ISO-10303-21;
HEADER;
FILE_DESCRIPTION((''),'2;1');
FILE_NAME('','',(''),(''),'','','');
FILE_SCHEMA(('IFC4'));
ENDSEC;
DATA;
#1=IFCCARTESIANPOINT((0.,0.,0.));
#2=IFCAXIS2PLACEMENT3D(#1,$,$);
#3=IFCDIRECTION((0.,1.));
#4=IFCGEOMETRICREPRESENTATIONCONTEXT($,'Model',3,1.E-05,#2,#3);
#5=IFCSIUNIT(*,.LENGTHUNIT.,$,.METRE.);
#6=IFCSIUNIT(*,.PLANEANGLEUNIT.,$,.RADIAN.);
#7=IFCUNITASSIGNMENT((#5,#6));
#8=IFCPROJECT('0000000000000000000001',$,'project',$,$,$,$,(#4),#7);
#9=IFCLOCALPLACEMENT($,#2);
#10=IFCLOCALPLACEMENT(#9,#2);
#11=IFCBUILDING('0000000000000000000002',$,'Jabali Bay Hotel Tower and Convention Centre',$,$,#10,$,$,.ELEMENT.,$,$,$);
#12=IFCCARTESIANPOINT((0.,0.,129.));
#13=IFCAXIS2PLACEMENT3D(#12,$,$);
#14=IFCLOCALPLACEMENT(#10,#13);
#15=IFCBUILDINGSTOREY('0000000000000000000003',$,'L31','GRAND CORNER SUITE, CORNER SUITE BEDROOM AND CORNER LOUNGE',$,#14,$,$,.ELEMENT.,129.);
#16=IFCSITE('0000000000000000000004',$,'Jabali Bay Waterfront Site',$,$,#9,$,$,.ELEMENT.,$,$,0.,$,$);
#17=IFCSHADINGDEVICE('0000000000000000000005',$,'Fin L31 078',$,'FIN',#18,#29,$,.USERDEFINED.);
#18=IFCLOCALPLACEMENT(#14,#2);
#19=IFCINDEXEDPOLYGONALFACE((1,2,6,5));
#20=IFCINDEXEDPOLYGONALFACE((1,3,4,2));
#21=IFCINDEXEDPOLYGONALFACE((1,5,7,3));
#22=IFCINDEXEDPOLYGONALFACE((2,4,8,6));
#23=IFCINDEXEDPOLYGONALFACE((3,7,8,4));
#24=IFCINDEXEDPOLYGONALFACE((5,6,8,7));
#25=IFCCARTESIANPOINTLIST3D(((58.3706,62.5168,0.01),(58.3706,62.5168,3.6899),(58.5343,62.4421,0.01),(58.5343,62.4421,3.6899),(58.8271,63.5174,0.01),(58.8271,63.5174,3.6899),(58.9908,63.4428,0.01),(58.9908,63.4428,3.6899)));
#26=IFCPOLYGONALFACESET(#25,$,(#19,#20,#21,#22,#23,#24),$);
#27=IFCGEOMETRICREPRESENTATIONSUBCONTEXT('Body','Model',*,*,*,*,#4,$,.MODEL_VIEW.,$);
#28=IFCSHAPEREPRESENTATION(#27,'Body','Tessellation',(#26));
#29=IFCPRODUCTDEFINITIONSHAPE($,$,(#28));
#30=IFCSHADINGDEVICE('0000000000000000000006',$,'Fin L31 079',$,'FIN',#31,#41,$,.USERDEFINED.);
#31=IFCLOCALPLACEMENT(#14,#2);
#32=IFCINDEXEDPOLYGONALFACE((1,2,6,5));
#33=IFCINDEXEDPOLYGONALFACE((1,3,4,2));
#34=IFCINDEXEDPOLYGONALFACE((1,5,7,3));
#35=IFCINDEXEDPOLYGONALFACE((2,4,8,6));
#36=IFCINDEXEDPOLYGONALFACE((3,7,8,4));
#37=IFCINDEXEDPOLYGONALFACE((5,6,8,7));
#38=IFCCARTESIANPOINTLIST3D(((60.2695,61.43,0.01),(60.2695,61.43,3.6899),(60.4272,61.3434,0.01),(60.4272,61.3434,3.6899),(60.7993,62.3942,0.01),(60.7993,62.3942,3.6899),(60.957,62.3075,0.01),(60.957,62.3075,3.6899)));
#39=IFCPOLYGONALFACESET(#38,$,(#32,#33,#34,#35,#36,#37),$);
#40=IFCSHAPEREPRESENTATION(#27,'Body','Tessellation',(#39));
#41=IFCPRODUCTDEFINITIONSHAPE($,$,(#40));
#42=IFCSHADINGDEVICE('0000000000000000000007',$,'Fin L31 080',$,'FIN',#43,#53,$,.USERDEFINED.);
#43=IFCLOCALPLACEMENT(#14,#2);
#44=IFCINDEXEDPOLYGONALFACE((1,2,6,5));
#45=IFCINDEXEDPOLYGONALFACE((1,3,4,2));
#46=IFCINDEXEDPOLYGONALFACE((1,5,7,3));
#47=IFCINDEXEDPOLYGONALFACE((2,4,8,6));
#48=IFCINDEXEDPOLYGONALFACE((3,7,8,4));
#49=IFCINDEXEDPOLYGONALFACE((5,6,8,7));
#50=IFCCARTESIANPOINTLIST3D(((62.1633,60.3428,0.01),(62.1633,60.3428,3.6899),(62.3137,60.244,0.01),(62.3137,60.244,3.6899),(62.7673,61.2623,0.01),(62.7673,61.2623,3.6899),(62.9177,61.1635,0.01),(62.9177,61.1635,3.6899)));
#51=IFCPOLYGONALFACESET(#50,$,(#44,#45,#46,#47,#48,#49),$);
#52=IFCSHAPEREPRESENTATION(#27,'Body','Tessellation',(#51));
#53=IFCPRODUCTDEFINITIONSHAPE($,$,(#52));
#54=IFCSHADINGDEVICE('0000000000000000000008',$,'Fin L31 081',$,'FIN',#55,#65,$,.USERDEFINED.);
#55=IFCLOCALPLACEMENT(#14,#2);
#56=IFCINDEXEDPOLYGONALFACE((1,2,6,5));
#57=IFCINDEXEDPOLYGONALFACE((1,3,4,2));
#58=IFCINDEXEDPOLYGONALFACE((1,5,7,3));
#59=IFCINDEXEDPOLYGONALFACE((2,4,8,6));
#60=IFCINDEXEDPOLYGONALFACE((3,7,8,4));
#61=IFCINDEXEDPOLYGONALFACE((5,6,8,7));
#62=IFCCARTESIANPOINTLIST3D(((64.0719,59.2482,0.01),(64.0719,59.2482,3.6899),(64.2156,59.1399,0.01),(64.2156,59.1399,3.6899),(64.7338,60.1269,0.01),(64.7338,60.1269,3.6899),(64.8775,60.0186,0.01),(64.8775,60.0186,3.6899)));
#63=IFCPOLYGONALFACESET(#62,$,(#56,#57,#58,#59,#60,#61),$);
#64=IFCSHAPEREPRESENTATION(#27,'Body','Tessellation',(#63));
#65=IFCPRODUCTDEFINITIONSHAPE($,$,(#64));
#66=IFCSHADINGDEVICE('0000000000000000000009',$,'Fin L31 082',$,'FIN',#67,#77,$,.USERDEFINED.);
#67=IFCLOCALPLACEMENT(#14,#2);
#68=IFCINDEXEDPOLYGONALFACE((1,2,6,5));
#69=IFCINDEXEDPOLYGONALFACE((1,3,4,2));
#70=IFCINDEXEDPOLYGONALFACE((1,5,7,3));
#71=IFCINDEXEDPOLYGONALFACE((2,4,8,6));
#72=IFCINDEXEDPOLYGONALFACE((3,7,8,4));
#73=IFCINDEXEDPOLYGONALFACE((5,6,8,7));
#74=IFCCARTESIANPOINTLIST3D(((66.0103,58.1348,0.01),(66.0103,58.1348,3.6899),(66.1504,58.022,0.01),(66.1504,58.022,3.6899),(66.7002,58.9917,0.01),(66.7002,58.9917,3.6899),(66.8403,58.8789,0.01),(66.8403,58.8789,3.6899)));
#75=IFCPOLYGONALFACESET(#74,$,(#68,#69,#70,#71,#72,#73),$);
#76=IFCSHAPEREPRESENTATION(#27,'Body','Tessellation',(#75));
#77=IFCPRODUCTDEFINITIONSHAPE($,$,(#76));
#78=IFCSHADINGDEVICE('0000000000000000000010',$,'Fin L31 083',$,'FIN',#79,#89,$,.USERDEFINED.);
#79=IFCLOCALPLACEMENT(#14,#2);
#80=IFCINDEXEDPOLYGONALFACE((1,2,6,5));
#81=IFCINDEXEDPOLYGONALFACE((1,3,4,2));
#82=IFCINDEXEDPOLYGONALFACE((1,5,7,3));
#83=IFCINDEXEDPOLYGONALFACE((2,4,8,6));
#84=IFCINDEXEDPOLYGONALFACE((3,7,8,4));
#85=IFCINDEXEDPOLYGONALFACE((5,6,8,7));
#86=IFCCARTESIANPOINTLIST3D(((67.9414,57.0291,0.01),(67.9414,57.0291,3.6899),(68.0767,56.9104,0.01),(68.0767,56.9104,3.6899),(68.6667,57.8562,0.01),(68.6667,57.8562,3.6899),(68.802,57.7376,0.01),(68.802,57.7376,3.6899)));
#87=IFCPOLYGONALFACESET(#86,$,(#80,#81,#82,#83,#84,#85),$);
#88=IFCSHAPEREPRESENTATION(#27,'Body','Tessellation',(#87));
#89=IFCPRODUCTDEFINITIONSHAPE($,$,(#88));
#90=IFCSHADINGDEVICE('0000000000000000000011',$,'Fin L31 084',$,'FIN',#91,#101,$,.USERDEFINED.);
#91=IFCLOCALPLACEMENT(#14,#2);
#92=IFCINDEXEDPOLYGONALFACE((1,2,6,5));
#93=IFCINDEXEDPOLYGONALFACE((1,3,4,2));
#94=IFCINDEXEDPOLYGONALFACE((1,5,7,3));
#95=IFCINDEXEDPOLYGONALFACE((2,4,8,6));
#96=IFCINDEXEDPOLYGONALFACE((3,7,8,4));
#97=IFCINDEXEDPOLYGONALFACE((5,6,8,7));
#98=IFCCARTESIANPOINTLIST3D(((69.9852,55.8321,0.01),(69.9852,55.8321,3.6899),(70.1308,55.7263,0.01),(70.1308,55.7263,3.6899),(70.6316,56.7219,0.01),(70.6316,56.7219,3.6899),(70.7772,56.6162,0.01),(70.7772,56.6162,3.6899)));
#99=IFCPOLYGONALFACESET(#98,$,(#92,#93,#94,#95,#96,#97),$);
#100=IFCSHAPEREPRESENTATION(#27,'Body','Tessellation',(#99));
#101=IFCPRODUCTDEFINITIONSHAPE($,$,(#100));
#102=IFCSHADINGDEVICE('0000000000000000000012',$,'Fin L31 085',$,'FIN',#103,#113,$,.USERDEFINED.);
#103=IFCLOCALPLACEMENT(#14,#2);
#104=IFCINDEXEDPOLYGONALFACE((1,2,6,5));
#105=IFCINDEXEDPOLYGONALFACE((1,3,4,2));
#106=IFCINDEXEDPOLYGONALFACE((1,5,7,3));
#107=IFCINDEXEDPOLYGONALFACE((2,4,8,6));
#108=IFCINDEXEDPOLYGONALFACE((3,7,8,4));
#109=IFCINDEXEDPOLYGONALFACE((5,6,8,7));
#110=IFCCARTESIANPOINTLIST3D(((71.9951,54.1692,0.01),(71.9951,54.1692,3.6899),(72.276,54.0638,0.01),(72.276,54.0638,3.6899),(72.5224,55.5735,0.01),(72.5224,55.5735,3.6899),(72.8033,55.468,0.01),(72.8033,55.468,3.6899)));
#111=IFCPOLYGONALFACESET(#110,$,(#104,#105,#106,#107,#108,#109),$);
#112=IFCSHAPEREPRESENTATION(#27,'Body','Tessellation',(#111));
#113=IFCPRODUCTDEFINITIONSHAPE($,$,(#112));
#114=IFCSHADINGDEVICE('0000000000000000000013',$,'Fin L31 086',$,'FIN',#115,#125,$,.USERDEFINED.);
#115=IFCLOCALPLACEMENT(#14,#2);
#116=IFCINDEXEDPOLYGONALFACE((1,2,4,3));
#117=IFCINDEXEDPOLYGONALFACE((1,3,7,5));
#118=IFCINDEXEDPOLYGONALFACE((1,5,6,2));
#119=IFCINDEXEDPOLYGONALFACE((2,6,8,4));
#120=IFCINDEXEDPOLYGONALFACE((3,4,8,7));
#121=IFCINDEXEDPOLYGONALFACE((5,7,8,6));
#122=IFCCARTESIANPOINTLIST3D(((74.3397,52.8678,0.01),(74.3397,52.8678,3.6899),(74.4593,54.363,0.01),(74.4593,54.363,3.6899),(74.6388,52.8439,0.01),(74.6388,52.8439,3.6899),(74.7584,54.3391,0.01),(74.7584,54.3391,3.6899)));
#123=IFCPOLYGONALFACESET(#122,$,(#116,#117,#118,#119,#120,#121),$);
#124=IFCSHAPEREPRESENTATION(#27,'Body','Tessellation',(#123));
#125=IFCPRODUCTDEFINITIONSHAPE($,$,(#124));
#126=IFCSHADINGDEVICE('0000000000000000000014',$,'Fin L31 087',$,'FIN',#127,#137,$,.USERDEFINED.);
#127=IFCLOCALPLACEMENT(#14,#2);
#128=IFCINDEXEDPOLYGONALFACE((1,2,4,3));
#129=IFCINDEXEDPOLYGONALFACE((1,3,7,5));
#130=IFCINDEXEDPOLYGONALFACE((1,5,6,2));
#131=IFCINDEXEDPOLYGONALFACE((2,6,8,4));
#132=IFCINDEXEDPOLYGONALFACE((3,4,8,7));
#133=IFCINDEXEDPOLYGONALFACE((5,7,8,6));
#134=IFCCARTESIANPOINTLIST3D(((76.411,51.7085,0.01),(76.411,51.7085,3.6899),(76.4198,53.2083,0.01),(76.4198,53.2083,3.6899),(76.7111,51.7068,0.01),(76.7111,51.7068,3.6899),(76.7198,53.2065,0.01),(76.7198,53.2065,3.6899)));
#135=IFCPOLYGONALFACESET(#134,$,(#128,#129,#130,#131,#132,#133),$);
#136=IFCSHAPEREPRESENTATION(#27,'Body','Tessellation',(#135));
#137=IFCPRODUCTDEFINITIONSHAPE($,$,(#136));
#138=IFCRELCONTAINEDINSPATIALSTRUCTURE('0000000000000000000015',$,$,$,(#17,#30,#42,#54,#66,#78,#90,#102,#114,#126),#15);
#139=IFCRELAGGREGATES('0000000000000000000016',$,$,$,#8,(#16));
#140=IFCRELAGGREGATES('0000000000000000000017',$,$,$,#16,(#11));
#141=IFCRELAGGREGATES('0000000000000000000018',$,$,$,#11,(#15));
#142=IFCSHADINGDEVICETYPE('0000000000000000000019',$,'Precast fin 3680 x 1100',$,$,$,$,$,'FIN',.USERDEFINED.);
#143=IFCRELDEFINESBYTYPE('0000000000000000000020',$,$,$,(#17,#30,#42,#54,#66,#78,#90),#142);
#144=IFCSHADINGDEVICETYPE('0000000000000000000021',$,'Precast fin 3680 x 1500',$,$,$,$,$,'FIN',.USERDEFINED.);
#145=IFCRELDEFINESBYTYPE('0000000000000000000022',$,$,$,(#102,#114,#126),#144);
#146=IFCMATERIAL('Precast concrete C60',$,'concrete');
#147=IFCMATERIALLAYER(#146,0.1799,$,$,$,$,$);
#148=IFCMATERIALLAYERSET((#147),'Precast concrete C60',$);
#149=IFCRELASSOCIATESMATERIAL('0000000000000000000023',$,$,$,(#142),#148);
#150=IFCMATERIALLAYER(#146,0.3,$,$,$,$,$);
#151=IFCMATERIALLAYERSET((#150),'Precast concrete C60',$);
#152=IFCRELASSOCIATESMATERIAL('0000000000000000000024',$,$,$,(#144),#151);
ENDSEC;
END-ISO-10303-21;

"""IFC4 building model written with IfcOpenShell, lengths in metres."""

from ifc_helpers import new_model, si_unit, direction, frame, frame_2d, origin, place, context, subcontext, project, spatial, rectangle, extrude, material, layer, layer_set, type_object, element, save


model = new_model("IFC4")

# Units and contexts
model_context = context("Model", 3, precision=1e-05, world=origin(), true_north=direction((0.0, 1.0)))
body_context = subcontext(model_context, "Body", "Model", "MODEL_VIEW")
ifc_project = project(units=[si_unit("LENGTHUNIT", "METRE"), si_unit("PLANEANGLEUNIT", "RADIAN")], contexts=[model_context])

# Site, building, storey
site_placement = place(None, origin())
site = spatial("IfcSite", under=ifc_project, at=site_placement, Name="Jabali Bay Waterfront Site", CompositionType="ELEMENT", RefElevation=0.0)
building_placement = place(site_placement, origin())
building = spatial("IfcBuilding", under=site, at=building_placement, Name="Jabali Bay Hotel Tower and Convention Centre", CompositionType="ELEMENT")
storey_placement = place(building_placement, frame((0.0, 0.0, 129.0)))
storey = spatial("IfcBuildingStorey", under=building, at=storey_placement, Name="L31", Description="GRAND CORNER SUITE, CORNER SUITE BEDROOM AND CORNER LOUNGE", CompositionType="ELEMENT", Elevation=129.0)

# Shading devices
ifc_material_1 = material(Name="Precast concrete C60", Category="concrete")
ifc_layer_1 = layer(ifc_material_1, 0.1799)
ifc_layer_set_1 = layer_set([ifc_layer_1], Name="Precast concrete C60")
shading_device_type_1 = type_object("IfcShadingDeviceType", Name="Precast fin 3680 x 1100", ElementType="FIN", PredefinedType="USERDEFINED", material=ifc_layer_set_1)
for number, where, z_axis, x_axis, name in (
    (1, (58.9089, 63.48, 0.01), (0.0, 0.0, 1.0), (-0.415057, -0.909796, 0.0), "Fin L31 078"),
):
    element("IfcShadingDevice", number, at=place(storey_placement, frame(where, z_axis=z_axis, x_axis=x_axis)), inside=storey, type_object=shading_device_type_1, Name=name, ObjectType="FIN", PredefinedType="USERDEFINED", context=body_context, shape_type="SweptSolid", body=[
        extrude(rectangle(XDim=1.0999, YDim=0.1799, at=frame_2d((0.5498, 0.0))), origin(), (0.0, 0.0, 1.0), 3.6799),
    ])
for number, where, z_axis, x_axis, name in (
    (2, (60.8782, 62.3508, 0.01), (0.0, 0.0, 1.0), (-0.481586, -0.876399, 0.0), "Fin L31 079"),
    (3, (62.8425, 61.2129, 0.01), (0.0, 0.0, 1.0), (-0.549054, -0.835787, 0.0), "Fin L31 080"),
    (4, (64.8057, 60.0728, 0.01), (0.0, 0.0, 1.0), (-0.601668, -0.798747, 0.0), "Fin L31 081"),
    (5, (66.7703, 58.9353, 0.01), (0.0, 0.0, 1.0), (-0.627128, -0.778917, 0.0), "Fin L31 082"),
    (6, (68.7344, 57.7969, 0.01), (0.0, 0.0, 1.0), (-0.659321, -0.751861, 0.0), "Fin L31 083"),
):
    element("IfcShadingDevice", number, at=place(storey_placement, frame(where, z_axis=z_axis, x_axis=x_axis)), inside=storey, type_object=shading_device_type_1, Name=name, ObjectType="FIN", PredefinedType="USERDEFINED", context=body_context, shape_type="SweptSolid", body=[
        extrude(rectangle(XDim=1.1001, YDim=0.1799, at=frame_2d((0.55, 0.0))), origin(), (0.0, 0.0, 1.0), 3.6799),
    ])
shading_device_1_placement = place(storey_placement, frame((70.7043, 56.6689, 0.01), z_axis=(0.0, 0.0, 1.0), x_axis=(-0.587749, -0.809043, 0.0)))
element("IfcShadingDevice", 7, at=shading_device_1_placement, inside=storey, type_object=shading_device_type_1, Name="Fin L31 084", ObjectType="FIN", PredefinedType="USERDEFINED", context=body_context, shape_type="SweptSolid", body=[
    extrude(rectangle(XDim=1.0999, YDim=0.1799, at=frame_2d((0.5498, 0.0))), origin(), (0.0, 0.0, 1.0), 3.6799),
])
ifc_layer_2 = layer(ifc_material_1, 0.3)
ifc_layer_set_2 = layer_set([ifc_layer_2], Name="Precast concrete C60")
shading_device_type_2 = type_object("IfcShadingDeviceType", Name="Precast fin 3680 x 1500", ElementType="FIN", PredefinedType="USERDEFINED", material=ifc_layer_set_2)
for number, where, z_axis, x_axis, name in (
    (8, (72.6628, 55.5208, 0.01), (0.0, 0.0, 1.0), (-0.351551, -0.936169, 0.0), "Fin L31 085"),
    (9, (74.6089, 54.3511, 0.01), (0.0, 0.0, 1.0), (-0.079758, -0.996814, 0.0), "Fin L31 086"),
):
    element("IfcShadingDevice", number, at=place(storey_placement, frame(where, z_axis=z_axis, x_axis=x_axis)), inside=storey, type_object=shading_device_type_2, Name=name, ObjectType="FIN", PredefinedType="USERDEFINED", context=body_context, shape_type="SweptSolid", body=[
        extrude(rectangle(XDim=1.5, YDim=0.3, at=frame_2d((0.75, 0.0))), origin(), (0.0, 0.0, 1.0), 3.6799),
    ])
shading_device_2_placement = place(storey_placement, frame((76.5698, 53.2075, 0.01), z_axis=(0.0, 0.0, 1.0), x_axis=(-0.00586, -0.999983, 0.0)))
element("IfcShadingDevice", 10, at=shading_device_2_placement, inside=storey, type_object=shading_device_type_2, Name="Fin L31 087", ObjectType="FIN", PredefinedType="USERDEFINED", context=body_context, shape_type="SweptSolid", body=[
    extrude(rectangle(XDim=1.4998, YDim=0.3, at=frame_2d((0.75, 0.0))), origin(), (0.0, 0.0, 1.0), 3.6799),
])

save(model, "model.ifc")
